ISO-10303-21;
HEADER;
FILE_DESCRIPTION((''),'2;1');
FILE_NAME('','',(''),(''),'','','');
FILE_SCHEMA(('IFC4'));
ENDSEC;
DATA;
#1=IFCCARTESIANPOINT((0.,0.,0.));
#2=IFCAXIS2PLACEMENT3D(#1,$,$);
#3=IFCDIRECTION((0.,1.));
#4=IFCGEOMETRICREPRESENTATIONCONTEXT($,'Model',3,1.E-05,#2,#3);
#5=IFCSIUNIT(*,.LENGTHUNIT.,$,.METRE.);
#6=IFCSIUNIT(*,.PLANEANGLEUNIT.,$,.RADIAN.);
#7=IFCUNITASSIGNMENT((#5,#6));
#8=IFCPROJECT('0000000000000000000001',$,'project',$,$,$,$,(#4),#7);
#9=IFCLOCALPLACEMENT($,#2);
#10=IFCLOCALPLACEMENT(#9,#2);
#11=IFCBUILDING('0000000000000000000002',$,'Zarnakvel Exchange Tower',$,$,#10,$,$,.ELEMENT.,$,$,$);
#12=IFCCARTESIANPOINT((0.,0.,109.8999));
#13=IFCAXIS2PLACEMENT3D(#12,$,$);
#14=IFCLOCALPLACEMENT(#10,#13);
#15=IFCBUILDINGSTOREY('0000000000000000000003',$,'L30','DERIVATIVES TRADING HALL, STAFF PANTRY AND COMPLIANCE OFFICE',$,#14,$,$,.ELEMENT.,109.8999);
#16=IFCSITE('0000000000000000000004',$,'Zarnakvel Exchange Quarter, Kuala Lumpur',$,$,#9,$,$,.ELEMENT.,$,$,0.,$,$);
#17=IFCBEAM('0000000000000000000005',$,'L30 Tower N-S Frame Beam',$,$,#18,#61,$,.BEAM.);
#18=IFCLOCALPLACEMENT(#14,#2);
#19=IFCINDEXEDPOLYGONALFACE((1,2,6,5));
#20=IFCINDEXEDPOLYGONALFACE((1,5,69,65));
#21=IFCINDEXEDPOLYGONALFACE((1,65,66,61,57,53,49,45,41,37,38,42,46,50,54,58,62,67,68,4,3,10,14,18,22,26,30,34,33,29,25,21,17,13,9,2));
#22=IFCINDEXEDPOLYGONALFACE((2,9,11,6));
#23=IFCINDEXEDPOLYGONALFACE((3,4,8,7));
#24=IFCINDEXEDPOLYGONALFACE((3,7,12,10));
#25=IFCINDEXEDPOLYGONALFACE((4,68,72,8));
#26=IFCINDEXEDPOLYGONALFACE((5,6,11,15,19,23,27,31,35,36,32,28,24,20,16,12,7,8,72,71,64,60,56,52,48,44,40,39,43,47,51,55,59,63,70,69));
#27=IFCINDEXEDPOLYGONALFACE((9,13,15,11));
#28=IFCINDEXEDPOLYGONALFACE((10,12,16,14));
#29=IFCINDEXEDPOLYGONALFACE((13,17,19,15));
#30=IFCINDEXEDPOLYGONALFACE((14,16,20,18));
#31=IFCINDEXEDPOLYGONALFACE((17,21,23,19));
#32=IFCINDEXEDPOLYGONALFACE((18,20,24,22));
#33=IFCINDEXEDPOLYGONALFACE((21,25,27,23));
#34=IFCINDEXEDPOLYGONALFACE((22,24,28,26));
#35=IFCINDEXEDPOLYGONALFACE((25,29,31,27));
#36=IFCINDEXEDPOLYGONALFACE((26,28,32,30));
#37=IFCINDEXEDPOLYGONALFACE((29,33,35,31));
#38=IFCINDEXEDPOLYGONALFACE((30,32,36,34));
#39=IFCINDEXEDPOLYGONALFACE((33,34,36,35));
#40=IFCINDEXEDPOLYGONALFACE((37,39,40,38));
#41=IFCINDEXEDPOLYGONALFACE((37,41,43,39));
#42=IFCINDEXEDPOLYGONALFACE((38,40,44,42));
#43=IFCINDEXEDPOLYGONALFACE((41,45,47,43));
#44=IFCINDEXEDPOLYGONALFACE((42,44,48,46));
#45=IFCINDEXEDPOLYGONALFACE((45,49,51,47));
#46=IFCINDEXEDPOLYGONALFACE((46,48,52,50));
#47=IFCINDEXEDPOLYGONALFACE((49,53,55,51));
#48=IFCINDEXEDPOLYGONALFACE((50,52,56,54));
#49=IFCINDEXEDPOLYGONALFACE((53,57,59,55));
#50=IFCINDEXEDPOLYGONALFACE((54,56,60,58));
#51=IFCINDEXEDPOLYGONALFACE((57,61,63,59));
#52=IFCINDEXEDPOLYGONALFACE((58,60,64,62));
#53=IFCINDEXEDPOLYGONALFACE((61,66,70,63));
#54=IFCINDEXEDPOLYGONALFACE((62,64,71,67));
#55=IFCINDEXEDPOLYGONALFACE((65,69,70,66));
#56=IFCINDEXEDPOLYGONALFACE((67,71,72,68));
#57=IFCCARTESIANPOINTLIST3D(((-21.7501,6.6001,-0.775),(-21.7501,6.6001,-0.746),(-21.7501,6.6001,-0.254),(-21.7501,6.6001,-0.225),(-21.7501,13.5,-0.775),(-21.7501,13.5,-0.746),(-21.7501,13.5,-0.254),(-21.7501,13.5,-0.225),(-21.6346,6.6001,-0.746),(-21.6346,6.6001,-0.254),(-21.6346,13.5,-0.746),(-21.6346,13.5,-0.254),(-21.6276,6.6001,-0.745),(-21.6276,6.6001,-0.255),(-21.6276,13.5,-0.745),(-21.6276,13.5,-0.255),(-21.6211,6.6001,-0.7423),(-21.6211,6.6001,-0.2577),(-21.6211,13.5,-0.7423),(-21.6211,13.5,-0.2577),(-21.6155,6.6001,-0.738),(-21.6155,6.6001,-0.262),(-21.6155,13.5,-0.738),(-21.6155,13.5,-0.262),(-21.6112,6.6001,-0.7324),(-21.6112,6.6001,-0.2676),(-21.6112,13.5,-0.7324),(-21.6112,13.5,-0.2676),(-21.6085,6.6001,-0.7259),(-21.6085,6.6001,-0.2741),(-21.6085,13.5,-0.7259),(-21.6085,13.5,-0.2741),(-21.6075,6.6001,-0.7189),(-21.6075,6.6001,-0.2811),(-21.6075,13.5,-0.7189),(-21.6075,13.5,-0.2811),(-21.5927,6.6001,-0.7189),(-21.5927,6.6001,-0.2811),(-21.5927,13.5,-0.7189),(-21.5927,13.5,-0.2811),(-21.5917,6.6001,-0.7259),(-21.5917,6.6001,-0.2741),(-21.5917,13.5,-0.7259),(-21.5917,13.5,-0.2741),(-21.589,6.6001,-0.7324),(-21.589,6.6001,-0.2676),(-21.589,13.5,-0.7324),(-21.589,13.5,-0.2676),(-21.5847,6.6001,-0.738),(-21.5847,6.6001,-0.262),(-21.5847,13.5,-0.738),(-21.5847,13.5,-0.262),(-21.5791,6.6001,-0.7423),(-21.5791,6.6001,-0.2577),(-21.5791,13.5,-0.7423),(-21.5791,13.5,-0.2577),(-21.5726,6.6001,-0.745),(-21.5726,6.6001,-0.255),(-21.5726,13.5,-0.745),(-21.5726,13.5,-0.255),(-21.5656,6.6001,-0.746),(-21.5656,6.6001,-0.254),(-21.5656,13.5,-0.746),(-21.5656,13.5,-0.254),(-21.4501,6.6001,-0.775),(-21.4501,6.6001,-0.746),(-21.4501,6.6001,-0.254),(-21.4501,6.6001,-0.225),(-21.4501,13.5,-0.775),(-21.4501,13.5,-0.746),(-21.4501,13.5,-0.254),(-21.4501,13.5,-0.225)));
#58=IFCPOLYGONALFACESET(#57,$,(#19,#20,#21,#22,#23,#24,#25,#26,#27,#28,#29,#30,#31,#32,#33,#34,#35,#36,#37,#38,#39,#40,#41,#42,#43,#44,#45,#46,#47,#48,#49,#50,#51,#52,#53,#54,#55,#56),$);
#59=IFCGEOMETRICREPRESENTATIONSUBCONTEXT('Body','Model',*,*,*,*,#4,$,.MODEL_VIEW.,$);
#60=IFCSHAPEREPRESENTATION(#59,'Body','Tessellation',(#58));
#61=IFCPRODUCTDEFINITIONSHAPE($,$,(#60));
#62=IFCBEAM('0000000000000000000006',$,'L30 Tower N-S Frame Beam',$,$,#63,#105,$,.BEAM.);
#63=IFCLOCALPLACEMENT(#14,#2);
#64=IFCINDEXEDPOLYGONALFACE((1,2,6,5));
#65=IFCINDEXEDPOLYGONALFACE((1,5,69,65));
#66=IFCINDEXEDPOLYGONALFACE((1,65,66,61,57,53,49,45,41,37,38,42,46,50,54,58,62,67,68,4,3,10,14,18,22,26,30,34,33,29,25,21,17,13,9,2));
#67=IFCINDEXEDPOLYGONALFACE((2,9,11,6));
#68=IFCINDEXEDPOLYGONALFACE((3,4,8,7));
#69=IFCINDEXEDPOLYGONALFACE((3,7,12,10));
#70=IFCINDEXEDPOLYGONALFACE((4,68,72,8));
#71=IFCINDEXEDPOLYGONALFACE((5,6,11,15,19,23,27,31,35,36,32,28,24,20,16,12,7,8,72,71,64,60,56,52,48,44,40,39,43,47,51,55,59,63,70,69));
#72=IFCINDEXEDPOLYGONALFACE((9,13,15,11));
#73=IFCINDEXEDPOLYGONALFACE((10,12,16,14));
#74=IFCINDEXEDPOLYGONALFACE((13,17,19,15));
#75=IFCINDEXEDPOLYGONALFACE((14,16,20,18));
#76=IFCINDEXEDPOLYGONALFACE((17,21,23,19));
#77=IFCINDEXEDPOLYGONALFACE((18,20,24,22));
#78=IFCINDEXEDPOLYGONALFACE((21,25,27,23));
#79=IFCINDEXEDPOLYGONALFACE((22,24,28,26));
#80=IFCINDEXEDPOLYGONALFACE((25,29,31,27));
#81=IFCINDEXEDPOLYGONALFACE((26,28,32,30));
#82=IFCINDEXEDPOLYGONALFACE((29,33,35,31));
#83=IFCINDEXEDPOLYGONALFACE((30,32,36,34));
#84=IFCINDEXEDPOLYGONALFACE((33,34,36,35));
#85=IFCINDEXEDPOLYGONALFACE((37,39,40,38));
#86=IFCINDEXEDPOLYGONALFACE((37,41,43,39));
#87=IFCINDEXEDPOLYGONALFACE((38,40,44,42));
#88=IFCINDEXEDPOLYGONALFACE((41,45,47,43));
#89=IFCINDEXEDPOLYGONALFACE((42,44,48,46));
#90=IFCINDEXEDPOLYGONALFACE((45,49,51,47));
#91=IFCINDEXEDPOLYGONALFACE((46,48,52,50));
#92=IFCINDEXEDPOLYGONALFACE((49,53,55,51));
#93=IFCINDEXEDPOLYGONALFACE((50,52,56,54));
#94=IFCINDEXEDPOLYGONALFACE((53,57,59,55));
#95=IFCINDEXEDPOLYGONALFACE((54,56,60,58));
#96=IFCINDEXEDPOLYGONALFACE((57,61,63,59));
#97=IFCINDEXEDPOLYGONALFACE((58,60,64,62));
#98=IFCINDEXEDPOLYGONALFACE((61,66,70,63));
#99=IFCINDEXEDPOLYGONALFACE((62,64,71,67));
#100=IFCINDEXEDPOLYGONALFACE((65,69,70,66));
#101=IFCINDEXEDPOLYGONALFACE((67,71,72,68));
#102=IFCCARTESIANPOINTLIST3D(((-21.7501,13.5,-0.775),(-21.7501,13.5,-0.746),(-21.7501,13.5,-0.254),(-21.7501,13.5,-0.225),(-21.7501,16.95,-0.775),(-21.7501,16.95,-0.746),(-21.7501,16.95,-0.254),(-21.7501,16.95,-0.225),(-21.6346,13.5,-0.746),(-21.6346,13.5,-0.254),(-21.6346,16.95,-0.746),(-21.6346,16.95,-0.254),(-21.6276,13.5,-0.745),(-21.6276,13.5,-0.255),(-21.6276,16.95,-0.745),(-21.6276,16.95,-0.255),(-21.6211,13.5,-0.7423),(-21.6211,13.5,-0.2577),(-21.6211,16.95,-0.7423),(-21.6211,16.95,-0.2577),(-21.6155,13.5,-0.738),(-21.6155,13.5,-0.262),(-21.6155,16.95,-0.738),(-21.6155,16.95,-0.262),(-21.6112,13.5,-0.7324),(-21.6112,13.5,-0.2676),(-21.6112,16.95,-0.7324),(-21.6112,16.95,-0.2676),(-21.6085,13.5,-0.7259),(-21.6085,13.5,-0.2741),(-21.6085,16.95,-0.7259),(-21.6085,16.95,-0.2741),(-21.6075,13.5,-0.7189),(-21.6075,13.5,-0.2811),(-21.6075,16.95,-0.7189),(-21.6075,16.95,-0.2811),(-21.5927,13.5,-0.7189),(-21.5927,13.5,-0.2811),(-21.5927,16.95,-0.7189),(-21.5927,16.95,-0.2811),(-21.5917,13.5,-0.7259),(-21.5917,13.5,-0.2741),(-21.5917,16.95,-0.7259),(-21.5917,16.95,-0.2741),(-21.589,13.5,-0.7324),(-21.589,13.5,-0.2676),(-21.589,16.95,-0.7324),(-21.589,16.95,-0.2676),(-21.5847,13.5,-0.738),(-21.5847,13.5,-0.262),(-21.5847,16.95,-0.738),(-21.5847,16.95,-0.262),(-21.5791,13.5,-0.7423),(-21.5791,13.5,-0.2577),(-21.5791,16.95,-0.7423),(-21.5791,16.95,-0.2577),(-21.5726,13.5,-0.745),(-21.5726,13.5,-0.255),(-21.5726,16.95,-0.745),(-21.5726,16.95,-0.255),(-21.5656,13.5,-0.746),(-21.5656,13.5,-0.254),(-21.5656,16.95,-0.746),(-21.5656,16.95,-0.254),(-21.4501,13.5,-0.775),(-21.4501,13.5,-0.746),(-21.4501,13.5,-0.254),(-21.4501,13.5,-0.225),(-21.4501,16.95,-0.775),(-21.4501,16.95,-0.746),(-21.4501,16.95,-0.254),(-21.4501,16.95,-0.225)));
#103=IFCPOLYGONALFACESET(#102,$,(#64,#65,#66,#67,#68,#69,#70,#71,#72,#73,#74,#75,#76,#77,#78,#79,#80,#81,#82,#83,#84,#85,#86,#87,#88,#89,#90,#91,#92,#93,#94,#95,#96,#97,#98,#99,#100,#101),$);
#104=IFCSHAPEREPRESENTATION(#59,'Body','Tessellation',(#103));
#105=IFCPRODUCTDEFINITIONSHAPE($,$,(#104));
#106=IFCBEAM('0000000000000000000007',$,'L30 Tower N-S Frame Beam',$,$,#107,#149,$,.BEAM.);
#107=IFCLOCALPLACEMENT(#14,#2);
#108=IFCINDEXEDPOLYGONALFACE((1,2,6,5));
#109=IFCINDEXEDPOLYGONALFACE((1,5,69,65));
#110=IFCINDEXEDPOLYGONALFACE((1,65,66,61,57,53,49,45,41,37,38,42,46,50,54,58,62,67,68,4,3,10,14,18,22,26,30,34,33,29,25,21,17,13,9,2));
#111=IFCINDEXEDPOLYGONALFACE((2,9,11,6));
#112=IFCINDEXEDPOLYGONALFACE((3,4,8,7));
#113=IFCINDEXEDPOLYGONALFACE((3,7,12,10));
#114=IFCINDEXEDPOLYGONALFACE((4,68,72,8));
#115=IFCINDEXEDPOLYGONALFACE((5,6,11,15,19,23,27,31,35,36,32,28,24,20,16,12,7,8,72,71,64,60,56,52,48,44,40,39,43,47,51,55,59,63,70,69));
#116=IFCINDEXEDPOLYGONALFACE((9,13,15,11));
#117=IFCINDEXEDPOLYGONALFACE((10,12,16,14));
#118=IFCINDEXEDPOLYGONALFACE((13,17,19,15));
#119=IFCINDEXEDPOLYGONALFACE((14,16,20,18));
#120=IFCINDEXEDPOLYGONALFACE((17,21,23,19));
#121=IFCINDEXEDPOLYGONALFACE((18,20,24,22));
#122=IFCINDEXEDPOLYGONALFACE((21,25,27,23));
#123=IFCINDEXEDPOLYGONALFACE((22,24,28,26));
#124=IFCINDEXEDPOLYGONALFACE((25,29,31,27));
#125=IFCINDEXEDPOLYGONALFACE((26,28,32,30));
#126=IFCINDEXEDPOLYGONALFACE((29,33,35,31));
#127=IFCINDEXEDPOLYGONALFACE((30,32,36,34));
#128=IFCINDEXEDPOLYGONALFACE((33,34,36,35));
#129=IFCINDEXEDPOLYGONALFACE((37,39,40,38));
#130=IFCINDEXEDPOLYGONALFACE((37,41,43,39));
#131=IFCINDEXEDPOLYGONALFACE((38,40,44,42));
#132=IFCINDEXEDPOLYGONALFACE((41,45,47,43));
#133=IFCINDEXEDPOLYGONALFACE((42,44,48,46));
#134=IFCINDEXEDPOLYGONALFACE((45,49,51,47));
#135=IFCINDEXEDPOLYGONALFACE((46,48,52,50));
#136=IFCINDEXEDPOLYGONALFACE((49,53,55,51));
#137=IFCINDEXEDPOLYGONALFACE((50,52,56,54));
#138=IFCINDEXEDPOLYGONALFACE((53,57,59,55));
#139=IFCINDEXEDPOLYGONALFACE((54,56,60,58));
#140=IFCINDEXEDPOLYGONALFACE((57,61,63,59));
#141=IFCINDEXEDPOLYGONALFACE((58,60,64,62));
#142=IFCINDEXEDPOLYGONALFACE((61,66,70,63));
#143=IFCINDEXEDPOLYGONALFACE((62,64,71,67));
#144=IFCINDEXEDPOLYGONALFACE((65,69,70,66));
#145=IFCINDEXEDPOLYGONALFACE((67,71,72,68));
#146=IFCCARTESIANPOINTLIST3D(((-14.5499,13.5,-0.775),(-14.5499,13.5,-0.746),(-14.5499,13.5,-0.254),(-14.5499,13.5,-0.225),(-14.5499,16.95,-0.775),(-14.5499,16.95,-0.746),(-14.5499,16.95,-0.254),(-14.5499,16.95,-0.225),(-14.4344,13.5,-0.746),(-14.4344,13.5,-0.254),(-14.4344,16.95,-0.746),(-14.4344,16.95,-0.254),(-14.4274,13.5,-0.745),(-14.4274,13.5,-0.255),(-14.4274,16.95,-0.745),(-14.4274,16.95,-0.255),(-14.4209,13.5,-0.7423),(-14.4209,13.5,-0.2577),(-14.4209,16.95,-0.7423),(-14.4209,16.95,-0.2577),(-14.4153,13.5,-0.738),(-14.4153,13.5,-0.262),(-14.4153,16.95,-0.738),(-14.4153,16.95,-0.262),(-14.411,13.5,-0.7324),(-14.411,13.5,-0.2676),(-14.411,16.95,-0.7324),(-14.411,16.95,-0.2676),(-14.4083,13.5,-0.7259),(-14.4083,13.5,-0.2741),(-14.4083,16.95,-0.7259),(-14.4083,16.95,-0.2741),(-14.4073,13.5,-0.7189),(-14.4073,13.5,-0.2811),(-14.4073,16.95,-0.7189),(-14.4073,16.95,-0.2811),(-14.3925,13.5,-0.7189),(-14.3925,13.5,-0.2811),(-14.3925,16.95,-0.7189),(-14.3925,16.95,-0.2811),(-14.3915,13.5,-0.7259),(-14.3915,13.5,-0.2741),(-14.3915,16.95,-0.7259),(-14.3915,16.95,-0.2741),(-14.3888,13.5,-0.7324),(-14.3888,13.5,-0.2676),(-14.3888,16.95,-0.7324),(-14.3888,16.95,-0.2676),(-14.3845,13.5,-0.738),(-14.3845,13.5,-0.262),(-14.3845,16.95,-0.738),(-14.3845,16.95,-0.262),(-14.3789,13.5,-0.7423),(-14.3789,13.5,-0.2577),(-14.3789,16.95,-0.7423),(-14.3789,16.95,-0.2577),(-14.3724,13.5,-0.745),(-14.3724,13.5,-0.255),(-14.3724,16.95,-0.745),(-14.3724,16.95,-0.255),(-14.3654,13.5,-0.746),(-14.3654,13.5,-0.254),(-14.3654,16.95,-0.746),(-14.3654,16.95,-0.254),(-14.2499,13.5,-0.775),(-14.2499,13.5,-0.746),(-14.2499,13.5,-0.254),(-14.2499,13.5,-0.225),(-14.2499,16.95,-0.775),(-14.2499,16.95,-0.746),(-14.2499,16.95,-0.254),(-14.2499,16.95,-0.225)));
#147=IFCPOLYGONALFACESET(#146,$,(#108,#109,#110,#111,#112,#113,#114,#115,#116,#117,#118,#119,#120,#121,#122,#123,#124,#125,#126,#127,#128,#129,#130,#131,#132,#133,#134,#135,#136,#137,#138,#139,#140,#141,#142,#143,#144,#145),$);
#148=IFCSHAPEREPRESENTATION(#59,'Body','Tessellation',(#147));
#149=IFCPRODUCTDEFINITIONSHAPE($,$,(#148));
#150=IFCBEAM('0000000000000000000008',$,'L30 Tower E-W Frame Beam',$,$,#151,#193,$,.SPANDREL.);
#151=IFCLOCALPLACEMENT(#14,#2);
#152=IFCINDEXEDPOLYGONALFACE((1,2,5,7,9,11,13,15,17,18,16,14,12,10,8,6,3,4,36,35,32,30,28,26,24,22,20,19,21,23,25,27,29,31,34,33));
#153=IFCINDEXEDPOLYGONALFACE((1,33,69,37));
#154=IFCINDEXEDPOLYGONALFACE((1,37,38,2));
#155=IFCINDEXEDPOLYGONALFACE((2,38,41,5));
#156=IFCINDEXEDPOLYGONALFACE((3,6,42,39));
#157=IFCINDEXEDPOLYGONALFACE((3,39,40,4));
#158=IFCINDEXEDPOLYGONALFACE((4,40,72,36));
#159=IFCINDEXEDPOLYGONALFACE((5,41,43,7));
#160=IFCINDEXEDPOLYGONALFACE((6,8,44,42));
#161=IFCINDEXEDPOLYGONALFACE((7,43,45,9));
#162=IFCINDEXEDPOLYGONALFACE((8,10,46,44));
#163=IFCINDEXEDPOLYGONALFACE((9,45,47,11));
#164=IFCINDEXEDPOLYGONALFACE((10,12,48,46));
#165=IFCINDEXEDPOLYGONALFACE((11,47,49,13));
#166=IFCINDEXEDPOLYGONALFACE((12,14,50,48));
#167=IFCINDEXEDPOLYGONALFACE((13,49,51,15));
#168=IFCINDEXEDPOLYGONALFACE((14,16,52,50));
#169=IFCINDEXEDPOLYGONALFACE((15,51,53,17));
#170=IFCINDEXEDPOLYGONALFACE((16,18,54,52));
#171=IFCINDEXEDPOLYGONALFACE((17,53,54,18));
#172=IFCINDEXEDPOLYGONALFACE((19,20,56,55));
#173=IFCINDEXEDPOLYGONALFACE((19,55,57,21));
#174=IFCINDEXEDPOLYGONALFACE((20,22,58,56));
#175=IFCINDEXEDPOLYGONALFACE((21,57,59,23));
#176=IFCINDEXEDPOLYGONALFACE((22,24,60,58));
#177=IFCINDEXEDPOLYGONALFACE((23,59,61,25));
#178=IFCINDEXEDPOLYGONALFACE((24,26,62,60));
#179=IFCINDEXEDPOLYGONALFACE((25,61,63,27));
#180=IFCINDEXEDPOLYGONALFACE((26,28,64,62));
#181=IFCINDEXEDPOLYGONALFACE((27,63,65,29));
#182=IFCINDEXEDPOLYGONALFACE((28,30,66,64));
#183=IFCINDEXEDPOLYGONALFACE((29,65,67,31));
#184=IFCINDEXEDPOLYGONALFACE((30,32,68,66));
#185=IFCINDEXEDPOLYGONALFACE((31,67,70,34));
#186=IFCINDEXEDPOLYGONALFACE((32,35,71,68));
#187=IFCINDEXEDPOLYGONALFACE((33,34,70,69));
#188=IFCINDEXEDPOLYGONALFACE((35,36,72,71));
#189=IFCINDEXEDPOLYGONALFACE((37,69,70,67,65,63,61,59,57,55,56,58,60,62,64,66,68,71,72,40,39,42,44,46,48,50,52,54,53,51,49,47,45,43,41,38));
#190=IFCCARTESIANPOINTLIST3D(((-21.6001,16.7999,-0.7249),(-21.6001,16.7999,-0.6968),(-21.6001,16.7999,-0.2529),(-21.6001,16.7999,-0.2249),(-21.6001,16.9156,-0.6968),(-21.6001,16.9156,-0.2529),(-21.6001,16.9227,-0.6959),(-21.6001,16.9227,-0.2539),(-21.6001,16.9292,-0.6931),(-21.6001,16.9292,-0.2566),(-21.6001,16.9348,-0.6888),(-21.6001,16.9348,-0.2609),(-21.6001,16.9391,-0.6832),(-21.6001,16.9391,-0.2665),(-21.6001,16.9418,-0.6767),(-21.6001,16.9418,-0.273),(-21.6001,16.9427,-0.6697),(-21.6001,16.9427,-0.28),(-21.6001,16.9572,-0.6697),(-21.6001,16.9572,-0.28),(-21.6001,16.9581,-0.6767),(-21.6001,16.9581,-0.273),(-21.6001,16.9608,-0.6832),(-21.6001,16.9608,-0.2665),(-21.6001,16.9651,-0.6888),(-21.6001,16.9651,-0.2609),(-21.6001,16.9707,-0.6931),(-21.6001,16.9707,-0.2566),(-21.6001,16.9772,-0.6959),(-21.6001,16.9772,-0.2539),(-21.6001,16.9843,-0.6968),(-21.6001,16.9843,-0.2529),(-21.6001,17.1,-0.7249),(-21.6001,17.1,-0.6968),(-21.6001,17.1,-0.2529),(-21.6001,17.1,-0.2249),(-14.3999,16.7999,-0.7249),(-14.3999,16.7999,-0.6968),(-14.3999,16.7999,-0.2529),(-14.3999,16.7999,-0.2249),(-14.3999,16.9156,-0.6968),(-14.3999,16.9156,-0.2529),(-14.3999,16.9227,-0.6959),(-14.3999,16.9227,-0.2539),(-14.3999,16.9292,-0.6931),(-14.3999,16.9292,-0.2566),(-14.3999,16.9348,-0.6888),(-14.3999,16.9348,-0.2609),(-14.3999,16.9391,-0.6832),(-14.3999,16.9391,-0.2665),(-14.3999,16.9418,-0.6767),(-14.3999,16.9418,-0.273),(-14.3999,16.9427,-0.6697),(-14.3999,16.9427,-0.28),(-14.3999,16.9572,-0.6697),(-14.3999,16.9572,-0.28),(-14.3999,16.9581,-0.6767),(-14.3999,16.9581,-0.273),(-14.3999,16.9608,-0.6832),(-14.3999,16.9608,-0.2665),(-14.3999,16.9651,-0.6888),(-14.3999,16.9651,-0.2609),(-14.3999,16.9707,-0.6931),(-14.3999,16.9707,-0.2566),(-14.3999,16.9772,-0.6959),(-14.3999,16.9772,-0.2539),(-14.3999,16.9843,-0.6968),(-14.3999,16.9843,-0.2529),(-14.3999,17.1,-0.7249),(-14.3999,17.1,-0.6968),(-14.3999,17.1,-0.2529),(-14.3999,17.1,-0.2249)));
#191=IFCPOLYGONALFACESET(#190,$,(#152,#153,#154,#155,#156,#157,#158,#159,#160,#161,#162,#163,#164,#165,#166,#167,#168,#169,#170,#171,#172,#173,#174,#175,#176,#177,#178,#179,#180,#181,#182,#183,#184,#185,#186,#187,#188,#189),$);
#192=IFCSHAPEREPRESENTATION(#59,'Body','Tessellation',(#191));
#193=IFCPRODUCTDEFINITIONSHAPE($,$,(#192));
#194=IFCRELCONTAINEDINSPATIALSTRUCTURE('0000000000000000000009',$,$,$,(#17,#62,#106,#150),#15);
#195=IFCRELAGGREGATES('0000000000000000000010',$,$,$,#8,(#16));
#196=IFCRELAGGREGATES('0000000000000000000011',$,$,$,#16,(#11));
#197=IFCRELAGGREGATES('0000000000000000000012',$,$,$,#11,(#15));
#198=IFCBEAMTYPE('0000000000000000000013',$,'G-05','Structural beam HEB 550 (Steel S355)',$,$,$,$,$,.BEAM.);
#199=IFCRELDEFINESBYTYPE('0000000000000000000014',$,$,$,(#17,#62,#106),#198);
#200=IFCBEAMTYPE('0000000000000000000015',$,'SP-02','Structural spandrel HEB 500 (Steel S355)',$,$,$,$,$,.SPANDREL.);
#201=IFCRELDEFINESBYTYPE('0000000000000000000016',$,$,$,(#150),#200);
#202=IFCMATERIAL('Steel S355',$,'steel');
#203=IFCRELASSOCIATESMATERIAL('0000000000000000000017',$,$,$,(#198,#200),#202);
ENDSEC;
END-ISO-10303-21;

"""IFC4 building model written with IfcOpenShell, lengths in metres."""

from ifc_helpers import new_model, si_unit, direction, frame, origin, origin_2d, place, context, subcontext, project, spatial, i_section, extrude, material, material_profile, profile_set, type_object, element, save


model = new_model("IFC4")

# Units and contexts
model_context = context("Model", 3, precision=1e-05, world=origin(), true_north=direction((0.0, 1.0)))
body_context = subcontext(model_context, "Body", "Model", "MODEL_VIEW")
ifc_project = project(units=[si_unit("LENGTHUNIT", "METRE"), si_unit("PLANEANGLEUNIT", "RADIAN")], contexts=[model_context])

# Site, building, storey
site_placement = place(None, origin())
site = spatial("IfcSite", under=ifc_project, at=site_placement, Name="Zarnakvel Exchange Quarter, Kuala Lumpur", CompositionType="ELEMENT", RefElevation=0.0)
building_placement = place(site_placement, origin())
building = spatial("IfcBuilding", under=site, at=building_placement, Name="Zarnakvel Exchange Tower", CompositionType="ELEMENT")
storey_placement = place(building_placement, frame((0.0, 0.0, 109.8999)))
storey = spatial("IfcBuildingStorey", under=building, at=storey_placement, Name="L30", Description="DERIVATIVES TRADING HALL, STAFF PANTRY AND COMPLIANCE OFFICE", CompositionType="ELEMENT", Elevation=109.8999)

# Beams
ifc_material_1 = material(Name="Steel S355", Category="steel")
ifc_material_profile_1 = material_profile(ifc_material_1, i_section(OverallWidth=0.3, OverallDepth=0.55, WebThickness=0.0149, FlangeThickness=0.0291, FilletRadius=0.0271, at=origin_2d()))
ifc_profile_set_1 = profile_set([ifc_material_profile_1], Name="Steel S355")
beam_type_1 = type_object("IfcBeamType", Name="G-05", Description="Structural beam HEB 550 (Steel S355)", PredefinedType="BEAM", material=ifc_profile_set_1)
beam_1_placement = place(storey_placement, frame((-21.6001, 6.6001, -0.5), z_axis=(0.0, 1.0, 0.0), x_axis=(-1.0, 0.0, 0.0)))
element("IfcBeam", 1, at=beam_1_placement, inside=storey, type_object=beam_type_1, Name="L30 Tower N-S Frame Beam", PredefinedType="BEAM", context=body_context, shape_type="SweptSolid", body=[
    extrude(i_section(OverallWidth=0.3, OverallDepth=0.55, WebThickness=0.0149, FlangeThickness=0.0291, FilletRadius=0.0271, at=origin_2d()), origin(), (0.0, 0.0, 1.0), 6.8999),
])
for number, where, z_axis, x_axis, name in (
    (2, (-21.6001, 13.5, -0.5), (0.0, 1.0, 0.0), (-1.0, 0.0, 0.0), "L30 Tower N-S Frame Beam"),
    (3, (-14.3999, 13.5, -0.5), (0.0, 1.0, 0.0), (-1.0, 0.0, 0.0), "L30 Tower N-S Frame Beam"),
):
    element("IfcBeam", number, at=place(storey_placement, frame(where, z_axis=z_axis, x_axis=x_axis)), inside=storey, type_object=beam_type_1, Name=name, PredefinedType="BEAM", context=body_context, shape_type="SweptSolid", body=[
        extrude(i_section(OverallWidth=0.3, OverallDepth=0.55, WebThickness=0.0149, FlangeThickness=0.0291, FilletRadius=0.0271, at=origin_2d()), origin(), (0.0, 0.0, 1.0), 3.45),
    ])
ifc_material_profile_2 = material_profile(ifc_material_1, i_section(OverallWidth=0.3, OverallDepth=0.5, WebThickness=0.0144, FlangeThickness=0.0281, FilletRadius=0.0271, at=origin_2d()))
ifc_profile_set_2 = profile_set([ifc_material_profile_2], Name="Steel S355")
beam_type_2 = type_object("IfcBeamType", Name="SP-02", Description="Structural spandrel HEB 500 (Steel S355)", PredefinedType="SPANDREL", material=ifc_profile_set_2)
beam_2_placement = place(storey_placement, frame((-21.6001, 16.95, -0.4749), z_axis=(1.0, 0.0, 0.0), x_axis=(0.0, 1.0, 0.0)))
element("IfcBeam", 4, at=beam_2_placement, inside=storey, type_object=beam_type_2, Name="L30 Tower E-W Frame Beam", PredefinedType="SPANDREL", context=body_context, shape_type="SweptSolid", body=[
    extrude(i_section(OverallWidth=0.3, OverallDepth=0.5, WebThickness=0.0144, FlangeThickness=0.0281, FilletRadius=0.0271, at=origin_2d()), origin(), (0.0, 0.0, 1.0), 7.2002),
])

save(model, "model.ifc")
